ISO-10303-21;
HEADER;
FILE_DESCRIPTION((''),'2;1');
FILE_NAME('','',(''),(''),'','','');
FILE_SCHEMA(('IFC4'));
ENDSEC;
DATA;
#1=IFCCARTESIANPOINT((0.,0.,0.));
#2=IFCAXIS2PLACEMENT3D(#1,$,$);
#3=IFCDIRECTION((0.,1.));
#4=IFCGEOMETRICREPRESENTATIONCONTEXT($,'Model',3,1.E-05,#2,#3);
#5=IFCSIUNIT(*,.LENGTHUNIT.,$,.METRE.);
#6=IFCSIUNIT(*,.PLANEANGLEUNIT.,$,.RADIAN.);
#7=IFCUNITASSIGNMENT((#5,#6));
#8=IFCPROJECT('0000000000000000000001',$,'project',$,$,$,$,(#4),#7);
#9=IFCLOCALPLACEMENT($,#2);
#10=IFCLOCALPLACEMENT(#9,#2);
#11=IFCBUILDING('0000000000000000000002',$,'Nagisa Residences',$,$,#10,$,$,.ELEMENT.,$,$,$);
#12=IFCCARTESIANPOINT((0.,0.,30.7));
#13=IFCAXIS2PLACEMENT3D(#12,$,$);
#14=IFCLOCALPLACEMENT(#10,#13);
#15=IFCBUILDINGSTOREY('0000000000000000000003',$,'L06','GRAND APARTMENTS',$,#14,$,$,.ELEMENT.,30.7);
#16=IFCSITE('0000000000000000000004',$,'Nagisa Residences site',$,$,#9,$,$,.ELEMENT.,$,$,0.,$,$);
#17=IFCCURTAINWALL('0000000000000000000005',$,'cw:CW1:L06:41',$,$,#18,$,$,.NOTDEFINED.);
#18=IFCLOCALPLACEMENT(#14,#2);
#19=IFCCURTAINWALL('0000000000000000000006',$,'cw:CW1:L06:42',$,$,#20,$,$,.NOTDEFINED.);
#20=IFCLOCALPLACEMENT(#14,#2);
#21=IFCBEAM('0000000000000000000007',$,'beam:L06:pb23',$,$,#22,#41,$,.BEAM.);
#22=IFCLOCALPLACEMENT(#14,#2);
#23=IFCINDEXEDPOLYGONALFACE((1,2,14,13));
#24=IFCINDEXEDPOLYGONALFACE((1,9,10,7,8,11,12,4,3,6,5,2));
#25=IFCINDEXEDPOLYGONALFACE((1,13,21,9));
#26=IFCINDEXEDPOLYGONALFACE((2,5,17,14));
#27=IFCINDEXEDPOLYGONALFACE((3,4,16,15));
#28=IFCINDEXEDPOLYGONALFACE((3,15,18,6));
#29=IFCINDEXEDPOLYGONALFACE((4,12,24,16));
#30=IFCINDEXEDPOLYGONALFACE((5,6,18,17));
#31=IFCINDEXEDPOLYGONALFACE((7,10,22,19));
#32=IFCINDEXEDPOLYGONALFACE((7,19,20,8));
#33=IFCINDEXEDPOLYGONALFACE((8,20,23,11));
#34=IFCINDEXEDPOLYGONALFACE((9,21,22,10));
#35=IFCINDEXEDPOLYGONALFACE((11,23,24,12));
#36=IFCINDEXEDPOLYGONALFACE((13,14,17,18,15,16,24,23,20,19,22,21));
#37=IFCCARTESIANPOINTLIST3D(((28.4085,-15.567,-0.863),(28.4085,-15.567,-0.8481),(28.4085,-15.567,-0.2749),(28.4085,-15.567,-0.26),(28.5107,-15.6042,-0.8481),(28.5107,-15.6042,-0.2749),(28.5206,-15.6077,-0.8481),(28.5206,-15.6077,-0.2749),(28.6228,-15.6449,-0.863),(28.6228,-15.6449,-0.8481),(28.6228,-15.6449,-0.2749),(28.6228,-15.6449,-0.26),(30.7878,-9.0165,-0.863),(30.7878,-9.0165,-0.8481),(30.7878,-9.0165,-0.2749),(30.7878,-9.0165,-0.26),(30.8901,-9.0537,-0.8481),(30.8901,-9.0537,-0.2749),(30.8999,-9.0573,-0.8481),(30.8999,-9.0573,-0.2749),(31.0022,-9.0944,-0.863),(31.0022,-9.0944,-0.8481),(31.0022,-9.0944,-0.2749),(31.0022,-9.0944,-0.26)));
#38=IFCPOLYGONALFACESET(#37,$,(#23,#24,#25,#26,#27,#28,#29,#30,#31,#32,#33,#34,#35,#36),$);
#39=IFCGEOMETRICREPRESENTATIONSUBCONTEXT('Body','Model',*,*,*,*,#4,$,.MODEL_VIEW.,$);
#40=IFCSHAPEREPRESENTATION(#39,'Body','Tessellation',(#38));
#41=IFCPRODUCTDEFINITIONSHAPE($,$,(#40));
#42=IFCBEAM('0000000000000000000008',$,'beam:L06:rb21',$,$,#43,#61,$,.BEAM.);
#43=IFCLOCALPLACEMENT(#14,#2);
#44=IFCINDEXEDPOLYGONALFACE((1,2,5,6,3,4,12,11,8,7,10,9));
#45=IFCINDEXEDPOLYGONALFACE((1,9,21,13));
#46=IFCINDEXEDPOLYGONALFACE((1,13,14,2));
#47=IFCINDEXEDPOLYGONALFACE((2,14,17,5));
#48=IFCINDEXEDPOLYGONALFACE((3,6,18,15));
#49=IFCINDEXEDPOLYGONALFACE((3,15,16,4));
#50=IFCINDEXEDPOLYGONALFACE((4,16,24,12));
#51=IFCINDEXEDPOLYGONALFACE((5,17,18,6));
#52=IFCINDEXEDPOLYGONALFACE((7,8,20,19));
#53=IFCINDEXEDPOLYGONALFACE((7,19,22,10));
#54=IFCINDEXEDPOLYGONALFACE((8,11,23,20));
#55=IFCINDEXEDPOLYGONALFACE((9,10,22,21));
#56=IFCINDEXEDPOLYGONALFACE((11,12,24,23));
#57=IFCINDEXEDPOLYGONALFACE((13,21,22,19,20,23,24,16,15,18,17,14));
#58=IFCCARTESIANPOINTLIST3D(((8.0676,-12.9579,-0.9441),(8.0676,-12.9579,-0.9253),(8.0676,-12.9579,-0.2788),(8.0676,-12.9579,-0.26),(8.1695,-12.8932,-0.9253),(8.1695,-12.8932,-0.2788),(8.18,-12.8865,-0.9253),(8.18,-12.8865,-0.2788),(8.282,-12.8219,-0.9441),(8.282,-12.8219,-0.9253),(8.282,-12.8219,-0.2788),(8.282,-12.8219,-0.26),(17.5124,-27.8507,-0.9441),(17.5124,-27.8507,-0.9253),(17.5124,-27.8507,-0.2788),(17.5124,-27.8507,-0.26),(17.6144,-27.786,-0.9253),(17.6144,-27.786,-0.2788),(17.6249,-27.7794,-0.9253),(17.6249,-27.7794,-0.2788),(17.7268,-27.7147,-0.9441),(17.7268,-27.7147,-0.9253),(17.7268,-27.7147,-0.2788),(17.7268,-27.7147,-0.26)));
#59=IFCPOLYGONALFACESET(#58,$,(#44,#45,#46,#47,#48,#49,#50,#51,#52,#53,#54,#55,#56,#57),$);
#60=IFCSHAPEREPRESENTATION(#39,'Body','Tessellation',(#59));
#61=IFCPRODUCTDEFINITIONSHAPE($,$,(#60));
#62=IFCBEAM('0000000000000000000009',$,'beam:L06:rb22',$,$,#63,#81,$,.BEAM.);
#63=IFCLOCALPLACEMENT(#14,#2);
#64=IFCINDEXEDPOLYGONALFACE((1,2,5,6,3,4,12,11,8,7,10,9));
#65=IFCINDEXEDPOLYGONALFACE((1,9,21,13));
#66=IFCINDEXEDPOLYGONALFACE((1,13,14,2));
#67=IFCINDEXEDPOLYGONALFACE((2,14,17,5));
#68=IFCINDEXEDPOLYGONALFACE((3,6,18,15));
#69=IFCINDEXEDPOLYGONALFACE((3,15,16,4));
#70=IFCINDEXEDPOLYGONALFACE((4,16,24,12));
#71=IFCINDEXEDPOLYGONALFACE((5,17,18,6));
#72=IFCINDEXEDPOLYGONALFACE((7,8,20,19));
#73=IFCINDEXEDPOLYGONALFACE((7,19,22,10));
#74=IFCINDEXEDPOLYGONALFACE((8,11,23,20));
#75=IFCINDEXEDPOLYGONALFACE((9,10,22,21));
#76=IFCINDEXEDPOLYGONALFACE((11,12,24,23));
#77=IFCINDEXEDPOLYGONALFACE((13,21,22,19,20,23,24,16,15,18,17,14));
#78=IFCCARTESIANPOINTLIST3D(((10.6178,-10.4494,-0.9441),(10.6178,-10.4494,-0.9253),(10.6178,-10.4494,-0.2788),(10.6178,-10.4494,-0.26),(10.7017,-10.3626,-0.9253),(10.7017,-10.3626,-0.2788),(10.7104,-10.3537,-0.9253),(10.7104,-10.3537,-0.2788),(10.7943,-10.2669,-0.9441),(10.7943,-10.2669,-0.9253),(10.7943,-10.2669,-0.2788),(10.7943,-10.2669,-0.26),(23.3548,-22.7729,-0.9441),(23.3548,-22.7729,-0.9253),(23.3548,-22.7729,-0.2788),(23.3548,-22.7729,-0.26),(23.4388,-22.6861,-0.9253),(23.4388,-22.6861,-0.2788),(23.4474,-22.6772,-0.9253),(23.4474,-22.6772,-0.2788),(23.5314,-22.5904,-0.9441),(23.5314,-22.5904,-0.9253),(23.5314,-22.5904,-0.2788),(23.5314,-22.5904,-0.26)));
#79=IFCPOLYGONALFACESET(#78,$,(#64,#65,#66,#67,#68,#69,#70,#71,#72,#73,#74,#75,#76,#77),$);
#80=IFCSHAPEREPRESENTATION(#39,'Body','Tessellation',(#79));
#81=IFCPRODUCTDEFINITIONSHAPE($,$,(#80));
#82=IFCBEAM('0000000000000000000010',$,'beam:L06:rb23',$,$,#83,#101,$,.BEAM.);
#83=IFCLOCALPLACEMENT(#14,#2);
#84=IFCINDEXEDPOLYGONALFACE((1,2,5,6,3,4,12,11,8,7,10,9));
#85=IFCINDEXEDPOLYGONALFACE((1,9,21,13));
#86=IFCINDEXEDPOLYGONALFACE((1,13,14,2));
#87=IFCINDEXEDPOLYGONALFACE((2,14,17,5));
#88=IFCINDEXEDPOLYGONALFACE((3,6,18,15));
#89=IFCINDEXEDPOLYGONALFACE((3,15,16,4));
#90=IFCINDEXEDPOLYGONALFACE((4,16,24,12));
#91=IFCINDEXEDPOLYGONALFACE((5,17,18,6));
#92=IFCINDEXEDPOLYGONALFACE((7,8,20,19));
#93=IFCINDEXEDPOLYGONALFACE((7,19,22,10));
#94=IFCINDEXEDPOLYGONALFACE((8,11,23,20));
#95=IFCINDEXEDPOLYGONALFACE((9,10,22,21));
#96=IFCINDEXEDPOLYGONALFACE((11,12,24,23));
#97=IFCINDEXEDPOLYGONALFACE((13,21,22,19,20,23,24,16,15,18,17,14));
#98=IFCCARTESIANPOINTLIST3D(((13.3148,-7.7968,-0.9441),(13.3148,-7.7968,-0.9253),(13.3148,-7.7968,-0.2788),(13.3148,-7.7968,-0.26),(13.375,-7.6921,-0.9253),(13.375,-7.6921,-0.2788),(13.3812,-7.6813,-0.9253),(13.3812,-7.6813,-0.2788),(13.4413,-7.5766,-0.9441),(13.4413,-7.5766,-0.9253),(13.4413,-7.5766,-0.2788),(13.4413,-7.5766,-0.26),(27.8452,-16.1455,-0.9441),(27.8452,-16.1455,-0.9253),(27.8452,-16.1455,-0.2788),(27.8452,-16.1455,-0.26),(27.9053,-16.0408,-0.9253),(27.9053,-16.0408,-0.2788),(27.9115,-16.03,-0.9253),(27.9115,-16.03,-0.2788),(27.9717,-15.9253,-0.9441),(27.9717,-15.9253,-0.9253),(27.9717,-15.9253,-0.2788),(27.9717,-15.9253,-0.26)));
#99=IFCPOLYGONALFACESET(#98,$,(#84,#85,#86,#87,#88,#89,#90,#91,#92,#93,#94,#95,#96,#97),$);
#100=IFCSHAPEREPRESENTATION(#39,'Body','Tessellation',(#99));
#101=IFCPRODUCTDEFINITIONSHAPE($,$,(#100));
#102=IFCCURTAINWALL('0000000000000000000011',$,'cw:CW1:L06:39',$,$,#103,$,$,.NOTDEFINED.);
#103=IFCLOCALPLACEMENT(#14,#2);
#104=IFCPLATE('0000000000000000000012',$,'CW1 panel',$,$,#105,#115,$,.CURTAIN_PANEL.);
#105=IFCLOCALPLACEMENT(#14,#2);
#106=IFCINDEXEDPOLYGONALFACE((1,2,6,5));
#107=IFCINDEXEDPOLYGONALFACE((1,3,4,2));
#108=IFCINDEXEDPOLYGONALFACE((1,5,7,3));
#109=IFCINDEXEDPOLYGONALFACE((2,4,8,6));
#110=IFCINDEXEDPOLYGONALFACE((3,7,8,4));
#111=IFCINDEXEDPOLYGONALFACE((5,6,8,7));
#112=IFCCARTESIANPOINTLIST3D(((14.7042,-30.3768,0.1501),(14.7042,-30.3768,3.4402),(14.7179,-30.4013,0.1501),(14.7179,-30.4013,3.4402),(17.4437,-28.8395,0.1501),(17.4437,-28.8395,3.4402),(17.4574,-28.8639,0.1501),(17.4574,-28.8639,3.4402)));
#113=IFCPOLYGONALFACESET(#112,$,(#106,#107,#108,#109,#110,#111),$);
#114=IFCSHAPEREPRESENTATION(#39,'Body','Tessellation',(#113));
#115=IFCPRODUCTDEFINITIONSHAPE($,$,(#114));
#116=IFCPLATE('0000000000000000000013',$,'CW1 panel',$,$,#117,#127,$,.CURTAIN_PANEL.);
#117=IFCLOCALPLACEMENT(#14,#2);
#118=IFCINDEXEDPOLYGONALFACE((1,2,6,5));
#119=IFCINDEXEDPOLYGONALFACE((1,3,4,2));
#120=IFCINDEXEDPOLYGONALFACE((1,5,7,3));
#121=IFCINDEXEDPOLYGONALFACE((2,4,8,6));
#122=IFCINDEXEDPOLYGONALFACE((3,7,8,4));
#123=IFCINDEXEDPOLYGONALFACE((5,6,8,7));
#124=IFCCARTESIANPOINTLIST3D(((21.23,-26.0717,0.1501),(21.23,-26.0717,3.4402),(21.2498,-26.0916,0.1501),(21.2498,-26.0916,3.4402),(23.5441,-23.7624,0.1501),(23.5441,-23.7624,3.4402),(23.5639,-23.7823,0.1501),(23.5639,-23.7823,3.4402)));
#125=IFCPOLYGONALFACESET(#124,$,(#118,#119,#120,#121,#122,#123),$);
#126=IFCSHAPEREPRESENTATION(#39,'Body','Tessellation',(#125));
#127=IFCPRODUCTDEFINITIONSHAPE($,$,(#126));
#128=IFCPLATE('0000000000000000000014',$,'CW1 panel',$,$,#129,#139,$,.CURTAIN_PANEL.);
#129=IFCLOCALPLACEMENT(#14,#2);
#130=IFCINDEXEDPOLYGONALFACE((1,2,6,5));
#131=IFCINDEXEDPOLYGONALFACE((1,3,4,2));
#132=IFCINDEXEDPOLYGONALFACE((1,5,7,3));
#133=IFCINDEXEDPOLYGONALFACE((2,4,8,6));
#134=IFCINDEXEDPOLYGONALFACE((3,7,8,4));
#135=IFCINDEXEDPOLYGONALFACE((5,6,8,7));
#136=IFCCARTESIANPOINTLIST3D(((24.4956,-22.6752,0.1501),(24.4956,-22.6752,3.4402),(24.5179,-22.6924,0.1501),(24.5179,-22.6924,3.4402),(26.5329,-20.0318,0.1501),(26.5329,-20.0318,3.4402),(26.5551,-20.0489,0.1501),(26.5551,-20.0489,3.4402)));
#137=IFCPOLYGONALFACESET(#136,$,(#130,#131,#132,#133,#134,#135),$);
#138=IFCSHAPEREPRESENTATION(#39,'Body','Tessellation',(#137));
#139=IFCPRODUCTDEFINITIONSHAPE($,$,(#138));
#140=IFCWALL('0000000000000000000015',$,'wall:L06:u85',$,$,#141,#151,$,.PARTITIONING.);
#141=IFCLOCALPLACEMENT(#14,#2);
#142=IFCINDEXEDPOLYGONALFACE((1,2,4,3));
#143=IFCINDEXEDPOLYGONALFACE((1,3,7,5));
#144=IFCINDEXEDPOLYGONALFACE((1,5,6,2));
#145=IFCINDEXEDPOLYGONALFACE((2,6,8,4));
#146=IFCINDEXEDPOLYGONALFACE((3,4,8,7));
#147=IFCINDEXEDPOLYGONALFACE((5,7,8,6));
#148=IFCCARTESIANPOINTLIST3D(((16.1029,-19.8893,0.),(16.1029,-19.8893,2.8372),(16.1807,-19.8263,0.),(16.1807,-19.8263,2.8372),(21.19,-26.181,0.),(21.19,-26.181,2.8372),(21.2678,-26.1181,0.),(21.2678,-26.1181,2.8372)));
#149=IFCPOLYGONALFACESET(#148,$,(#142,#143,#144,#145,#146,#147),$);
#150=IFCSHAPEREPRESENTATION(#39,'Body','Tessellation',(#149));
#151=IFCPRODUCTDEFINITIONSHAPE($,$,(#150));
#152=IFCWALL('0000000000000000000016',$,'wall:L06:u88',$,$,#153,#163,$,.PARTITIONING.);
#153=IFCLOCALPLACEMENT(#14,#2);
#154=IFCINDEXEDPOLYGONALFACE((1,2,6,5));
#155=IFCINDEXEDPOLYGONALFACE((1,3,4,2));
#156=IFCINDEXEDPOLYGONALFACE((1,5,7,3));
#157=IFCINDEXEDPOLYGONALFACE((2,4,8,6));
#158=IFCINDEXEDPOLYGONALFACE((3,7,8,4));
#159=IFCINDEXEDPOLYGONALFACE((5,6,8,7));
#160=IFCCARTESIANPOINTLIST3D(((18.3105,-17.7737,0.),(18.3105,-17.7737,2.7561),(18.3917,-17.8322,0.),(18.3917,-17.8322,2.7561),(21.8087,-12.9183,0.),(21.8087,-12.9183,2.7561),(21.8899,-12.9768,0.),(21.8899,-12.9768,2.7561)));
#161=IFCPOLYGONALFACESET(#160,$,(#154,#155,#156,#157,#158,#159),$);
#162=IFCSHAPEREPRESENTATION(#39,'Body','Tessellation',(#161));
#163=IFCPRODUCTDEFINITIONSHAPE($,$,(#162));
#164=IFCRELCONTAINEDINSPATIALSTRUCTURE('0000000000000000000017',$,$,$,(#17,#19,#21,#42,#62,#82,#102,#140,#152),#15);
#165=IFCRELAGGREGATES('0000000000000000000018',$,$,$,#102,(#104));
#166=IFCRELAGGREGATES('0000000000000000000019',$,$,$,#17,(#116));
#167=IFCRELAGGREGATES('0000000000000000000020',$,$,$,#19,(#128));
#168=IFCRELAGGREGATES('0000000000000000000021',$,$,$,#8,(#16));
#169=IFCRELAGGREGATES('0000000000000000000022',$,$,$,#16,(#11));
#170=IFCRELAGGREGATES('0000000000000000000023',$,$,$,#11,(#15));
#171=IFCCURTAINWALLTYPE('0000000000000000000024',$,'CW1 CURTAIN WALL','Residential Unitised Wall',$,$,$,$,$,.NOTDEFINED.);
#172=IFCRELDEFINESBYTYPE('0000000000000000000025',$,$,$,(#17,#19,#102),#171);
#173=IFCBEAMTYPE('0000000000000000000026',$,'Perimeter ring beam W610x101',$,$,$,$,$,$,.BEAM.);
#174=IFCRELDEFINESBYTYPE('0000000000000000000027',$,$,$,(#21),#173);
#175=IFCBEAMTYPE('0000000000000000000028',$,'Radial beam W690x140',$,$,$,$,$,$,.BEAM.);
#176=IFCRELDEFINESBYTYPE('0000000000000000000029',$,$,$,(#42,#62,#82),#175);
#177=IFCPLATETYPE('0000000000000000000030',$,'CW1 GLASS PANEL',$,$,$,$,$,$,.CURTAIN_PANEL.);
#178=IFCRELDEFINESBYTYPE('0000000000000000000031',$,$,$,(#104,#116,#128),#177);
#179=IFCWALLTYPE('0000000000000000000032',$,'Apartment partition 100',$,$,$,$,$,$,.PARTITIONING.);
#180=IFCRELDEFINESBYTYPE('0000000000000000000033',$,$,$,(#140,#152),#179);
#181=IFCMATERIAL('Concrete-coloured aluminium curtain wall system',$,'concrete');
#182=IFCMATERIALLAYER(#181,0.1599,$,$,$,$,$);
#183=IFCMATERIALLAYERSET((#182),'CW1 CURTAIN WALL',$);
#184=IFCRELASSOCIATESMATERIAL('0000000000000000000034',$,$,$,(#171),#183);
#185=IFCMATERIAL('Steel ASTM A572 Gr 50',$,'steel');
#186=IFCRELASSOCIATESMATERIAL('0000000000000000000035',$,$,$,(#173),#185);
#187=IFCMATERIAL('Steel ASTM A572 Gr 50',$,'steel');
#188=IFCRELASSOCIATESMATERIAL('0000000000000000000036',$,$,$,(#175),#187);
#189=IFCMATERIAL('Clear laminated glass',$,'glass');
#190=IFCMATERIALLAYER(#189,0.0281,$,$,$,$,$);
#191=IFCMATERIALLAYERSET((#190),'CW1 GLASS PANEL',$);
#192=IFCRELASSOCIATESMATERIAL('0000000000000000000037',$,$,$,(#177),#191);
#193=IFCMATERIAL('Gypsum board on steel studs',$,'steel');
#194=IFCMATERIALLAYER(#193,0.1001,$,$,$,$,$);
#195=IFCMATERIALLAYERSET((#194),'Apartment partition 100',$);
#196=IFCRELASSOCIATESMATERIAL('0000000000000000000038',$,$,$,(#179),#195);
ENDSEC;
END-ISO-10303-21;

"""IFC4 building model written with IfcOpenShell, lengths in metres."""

from ifc_helpers import new_model, si_unit, direction, frame, frame_2d, origin, origin_2d, place, context, subcontext, project, spatial, rectangle, i_section, extrude, material, layer, layer_set, material_profile, profile_set, type_object, element, aggregate, save


model = new_model("IFC4")

# Units and contexts
model_context = context("Model", 3, precision=1e-05, world=origin(), true_north=direction((0.0, 1.0)))
body_context = subcontext(model_context, "Body", "Model", "MODEL_VIEW")
ifc_project = project(units=[si_unit("LENGTHUNIT", "METRE"), si_unit("PLANEANGLEUNIT", "RADIAN")], contexts=[model_context])

# Site, building, storey
site_placement = place(None, origin())
site = spatial("IfcSite", under=ifc_project, at=site_placement, Name="Nagisa Residences site", CompositionType="ELEMENT", RefElevation=0.0)
building_placement = place(site_placement, origin())
building = spatial("IfcBuilding", under=site, at=building_placement, Name="Nagisa Residences", CompositionType="ELEMENT")
storey_placement = place(building_placement, frame((0.0, 0.0, 30.7)))
storey = spatial("IfcBuildingStorey", under=building, at=storey_placement, Name="L06", Description="GRAND APARTMENTS", CompositionType="ELEMENT", Elevation=30.7)

# Curtain walls
ifc_material_1 = material(Name="Concrete-coloured aluminium curtain wall system", Category="concrete")
ifc_layer_1 = layer(ifc_material_1, 0.1599)
ifc_layer_set_1 = layer_set([ifc_layer_1], Name="CW1 CURTAIN WALL")
curtain_wall_type = type_object("IfcCurtainWallType", Name="CW1 CURTAIN WALL", Description="Residential Unitised Wall", PredefinedType="NOTDEFINED", material=ifc_layer_set_1)
curtain_wall_1_placement = place(storey_placement, origin())
curtain_wall_1 = element("IfcCurtainWall", 1, at=curtain_wall_1_placement, inside=storey, type_object=curtain_wall_type, Name="cw:CW1:L06:41", PredefinedType="NOTDEFINED")
curtain_wall_2_placement = place(storey_placement, origin())
curtain_wall_2 = element("IfcCurtainWall", 2, at=curtain_wall_2_placement, inside=storey, type_object=curtain_wall_type, Name="cw:CW1:L06:42", PredefinedType="NOTDEFINED")

# Beams
ifc_material_2 = material(Name="Steel ASTM A572 Gr 50", Category="steel")
ifc_material_profile_1 = material_profile(ifc_material_2, i_section(OverallWidth=0.228, OverallDepth=0.603, WebThickness=0.0105, FlangeThickness=0.0149, at=origin_2d()), Name="W610x101")
ifc_profile_set_1 = profile_set([ifc_material_profile_1], Name="Steel ASTM A572 Gr 50")
beam_type_1 = type_object("IfcBeamType", Name="Perimeter ring beam W610x101", PredefinedType="BEAM", material=ifc_profile_set_1)
beam_1_placement = place(storey_placement, frame((28.5156, -15.606, -0.5615), z_axis=(0.341411, 0.939914, 0.0), x_axis=(-0.939914, 0.341411, 0.0)))
element("IfcBeam", 3, at=beam_1_placement, inside=storey, type_object=beam_type_1, Name="beam:L06:pb23", PredefinedType="BEAM", context=body_context, shape_type="SweptSolid", body=[
    extrude(i_section(OverallWidth=0.228, OverallDepth=0.603, WebThickness=0.0105, FlangeThickness=0.0149, at=origin_2d()), origin(), (0.0, 0.0, 1.0), 6.9692),
])
ifc_material_3 = material(Name="Steel ASTM A572 Gr 50", Category="steel")
ifc_material_profile_2 = material_profile(ifc_material_3, i_section(OverallWidth=0.2539, OverallDepth=0.6841, WebThickness=0.0125, FlangeThickness=0.0188, at=origin_2d()), Name="W690x140")
ifc_profile_set_2 = profile_set([ifc_material_profile_2], Name="Steel ASTM A572 Gr 50")
beam_type_2 = type_object("IfcBeamType", Name="Radial beam W690x140", PredefinedType="BEAM", material=ifc_profile_set_2)
beam_2_placement = place(storey_placement, frame((17.6196, -27.7827, -0.6021), z_axis=(-0.535566, 0.844493, 0.0), x_axis=(-0.844493, -0.535566, 0.0)))
element("IfcBeam", 4, at=beam_2_placement, inside=storey, type_object=beam_type_2, Name="beam:L06:rb21", PredefinedType="BEAM", context=body_context, shape_type="SweptSolid", body=[
    extrude(i_section(OverallWidth=0.2539, OverallDepth=0.6841, WebThickness=0.0125, FlangeThickness=0.0188, at=origin_2d()), origin(), (0.0, 0.0, 1.0), 17.6353),
])
beam_3_placement = place(storey_placement, frame((23.4431, -22.6816, -0.6021), z_axis=(-0.718678, 0.695343, 0.0), x_axis=(-0.695343, -0.718678, 0.0)))
element("IfcBeam", 5, at=beam_3_placement, inside=storey, type_object=beam_type_2, Name="beam:L06:rb22", PredefinedType="BEAM", context=body_context, shape_type="SweptSolid", body=[
    extrude(i_section(OverallWidth=0.2539, OverallDepth=0.6841, WebThickness=0.0125, FlangeThickness=0.0188, at=origin_2d()), origin(), (0.0, 0.0, 1.0), 17.7229),
])
beam_4_placement = place(storey_placement, frame((27.9084, -16.0354, -0.6021), z_axis=(-0.867068, 0.49819, 0.0), x_axis=(-0.49819, -0.867068, 0.0)))
element("IfcBeam", 6, at=beam_4_placement, inside=storey, type_object=beam_type_2, Name="beam:L06:rb23", PredefinedType="BEAM", context=body_context, shape_type="SweptSolid", body=[
    extrude(i_section(OverallWidth=0.2539, OverallDepth=0.6841, WebThickness=0.0125, FlangeThickness=0.0188, at=origin_2d()), origin(), (0.0, 0.0, 1.0), 16.7581),
])

# Curtain wall, plate
curtain_wall_3_placement = place(storey_placement, origin())
curtain_wall_3 = element("IfcCurtainWall", 7, at=curtain_wall_3_placement, inside=storey, type_object=curtain_wall_type, Name="cw:CW1:L06:39", PredefinedType="NOTDEFINED")
ifc_material_4 = material(Name="Clear laminated glass", Category="glass")
ifc_layer_2 = layer(ifc_material_4, 0.0281)
ifc_layer_set_2 = layer_set([ifc_layer_2], Name="CW1 GLASS PANEL")
plate_type = type_object("IfcPlateType", Name="CW1 GLASS PANEL", PredefinedType="CURTAIN_PANEL", material=ifc_layer_set_2)
plate_1_placement = place(storey_placement, frame((16.0808, -29.6204, 0.1501), z_axis=(0.0, 0.0, 1.0), x_axis=(0.872072, 0.489377, 0.0)))
plate_1 = element("IfcPlate", 8, at=plate_1_placement, type_object=plate_type, Name="CW1 panel", PredefinedType="CURTAIN_PANEL", context=body_context, shape_type="SweptSolid", body=[
    extrude(rectangle(XDim=3.1414, YDim=0.0281, at=origin_2d()), origin(), (0.0, 0.0, 1.0), 3.29),
])
aggregate(curtain_wall_3, [plate_1])

# Plates
plate_2_placement = place(storey_placement, frame((22.397, -24.927, 0.1501), z_axis=(0.0, 0.0, 1.0), x_axis=(0.707836, 0.706377, 0.0)))
plate_2 = element("IfcPlate", 9, at=plate_2_placement, type_object=plate_type, Name="CW1 panel", PredefinedType="CURTAIN_PANEL", context=body_context, shape_type="SweptSolid", body=[
    extrude(rectangle(XDim=3.2693, YDim=0.0281, at=origin_2d()), origin(), (0.0, 0.0, 1.0), 3.29),
])
aggregate(curtain_wall_1, [plate_2])
plate_3_placement = place(storey_placement, frame((25.5254, -21.3621, 0.1501), z_axis=(0.0, 0.0, 1.0), x_axis=(0.61043, 0.79207, 0.0)))
plate_3 = element("IfcPlate", 10, at=plate_3_placement, type_object=plate_type, Name="CW1 panel", PredefinedType="CURTAIN_PANEL", context=body_context, shape_type="SweptSolid", body=[
    extrude(rectangle(XDim=3.3374, YDim=0.0281, at=origin_2d()), origin(), (0.0, 0.0, 1.0), 3.29),
])
aggregate(curtain_wall_2, [plate_3])

# Walls
ifc_material_5 = material(Name="Gypsum board on steel studs", Category="steel")
ifc_layer_3 = layer(ifc_material_5, 0.1001)
ifc_layer_set_3 = layer_set([ifc_layer_3], Name="Apartment partition 100")
wall_type_1 = type_object("IfcWallType", Name="Apartment partition 100", PredefinedType="PARTITIONING", material=ifc_layer_set_3)
wall_1_placement = place(storey_placement, frame((16.1418, -19.8579, 0.0), z_axis=(0.0, 0.0, 1.0), x_axis=(0.628738, -0.777617, 0.0)))
element("IfcWall", 11, at=wall_1_placement, inside=storey, type_object=wall_type_1, Name="wall:L06:u85", PredefinedType="PARTITIONING", context=body_context, shape_type="SweptSolid", body=[
    extrude(rectangle(XDim=8.0911, YDim=0.1001, at=frame_2d((4.0454, 0.0))), origin(), (0.0, 0.0, 1.0), 2.8372),
])
wall_2_placement = place(storey_placement, frame((18.3511, -17.803, 0.0), z_axis=(0.0, 0.0, 1.0), x_axis=(0.584564, 0.811348, 0.0)))
element("IfcWall", 12, at=wall_2_placement, inside=storey, type_object=wall_type_1, Name="wall:L06:u88", PredefinedType="PARTITIONING", context=body_context, shape_type="SweptSolid", body=[
    extrude(rectangle(XDim=5.9844, YDim=0.1001, at=frame_2d((2.9922, 0.0))), origin(), (0.0, 0.0, 1.0), 2.7561),
])

save(model, "model.ifc")
